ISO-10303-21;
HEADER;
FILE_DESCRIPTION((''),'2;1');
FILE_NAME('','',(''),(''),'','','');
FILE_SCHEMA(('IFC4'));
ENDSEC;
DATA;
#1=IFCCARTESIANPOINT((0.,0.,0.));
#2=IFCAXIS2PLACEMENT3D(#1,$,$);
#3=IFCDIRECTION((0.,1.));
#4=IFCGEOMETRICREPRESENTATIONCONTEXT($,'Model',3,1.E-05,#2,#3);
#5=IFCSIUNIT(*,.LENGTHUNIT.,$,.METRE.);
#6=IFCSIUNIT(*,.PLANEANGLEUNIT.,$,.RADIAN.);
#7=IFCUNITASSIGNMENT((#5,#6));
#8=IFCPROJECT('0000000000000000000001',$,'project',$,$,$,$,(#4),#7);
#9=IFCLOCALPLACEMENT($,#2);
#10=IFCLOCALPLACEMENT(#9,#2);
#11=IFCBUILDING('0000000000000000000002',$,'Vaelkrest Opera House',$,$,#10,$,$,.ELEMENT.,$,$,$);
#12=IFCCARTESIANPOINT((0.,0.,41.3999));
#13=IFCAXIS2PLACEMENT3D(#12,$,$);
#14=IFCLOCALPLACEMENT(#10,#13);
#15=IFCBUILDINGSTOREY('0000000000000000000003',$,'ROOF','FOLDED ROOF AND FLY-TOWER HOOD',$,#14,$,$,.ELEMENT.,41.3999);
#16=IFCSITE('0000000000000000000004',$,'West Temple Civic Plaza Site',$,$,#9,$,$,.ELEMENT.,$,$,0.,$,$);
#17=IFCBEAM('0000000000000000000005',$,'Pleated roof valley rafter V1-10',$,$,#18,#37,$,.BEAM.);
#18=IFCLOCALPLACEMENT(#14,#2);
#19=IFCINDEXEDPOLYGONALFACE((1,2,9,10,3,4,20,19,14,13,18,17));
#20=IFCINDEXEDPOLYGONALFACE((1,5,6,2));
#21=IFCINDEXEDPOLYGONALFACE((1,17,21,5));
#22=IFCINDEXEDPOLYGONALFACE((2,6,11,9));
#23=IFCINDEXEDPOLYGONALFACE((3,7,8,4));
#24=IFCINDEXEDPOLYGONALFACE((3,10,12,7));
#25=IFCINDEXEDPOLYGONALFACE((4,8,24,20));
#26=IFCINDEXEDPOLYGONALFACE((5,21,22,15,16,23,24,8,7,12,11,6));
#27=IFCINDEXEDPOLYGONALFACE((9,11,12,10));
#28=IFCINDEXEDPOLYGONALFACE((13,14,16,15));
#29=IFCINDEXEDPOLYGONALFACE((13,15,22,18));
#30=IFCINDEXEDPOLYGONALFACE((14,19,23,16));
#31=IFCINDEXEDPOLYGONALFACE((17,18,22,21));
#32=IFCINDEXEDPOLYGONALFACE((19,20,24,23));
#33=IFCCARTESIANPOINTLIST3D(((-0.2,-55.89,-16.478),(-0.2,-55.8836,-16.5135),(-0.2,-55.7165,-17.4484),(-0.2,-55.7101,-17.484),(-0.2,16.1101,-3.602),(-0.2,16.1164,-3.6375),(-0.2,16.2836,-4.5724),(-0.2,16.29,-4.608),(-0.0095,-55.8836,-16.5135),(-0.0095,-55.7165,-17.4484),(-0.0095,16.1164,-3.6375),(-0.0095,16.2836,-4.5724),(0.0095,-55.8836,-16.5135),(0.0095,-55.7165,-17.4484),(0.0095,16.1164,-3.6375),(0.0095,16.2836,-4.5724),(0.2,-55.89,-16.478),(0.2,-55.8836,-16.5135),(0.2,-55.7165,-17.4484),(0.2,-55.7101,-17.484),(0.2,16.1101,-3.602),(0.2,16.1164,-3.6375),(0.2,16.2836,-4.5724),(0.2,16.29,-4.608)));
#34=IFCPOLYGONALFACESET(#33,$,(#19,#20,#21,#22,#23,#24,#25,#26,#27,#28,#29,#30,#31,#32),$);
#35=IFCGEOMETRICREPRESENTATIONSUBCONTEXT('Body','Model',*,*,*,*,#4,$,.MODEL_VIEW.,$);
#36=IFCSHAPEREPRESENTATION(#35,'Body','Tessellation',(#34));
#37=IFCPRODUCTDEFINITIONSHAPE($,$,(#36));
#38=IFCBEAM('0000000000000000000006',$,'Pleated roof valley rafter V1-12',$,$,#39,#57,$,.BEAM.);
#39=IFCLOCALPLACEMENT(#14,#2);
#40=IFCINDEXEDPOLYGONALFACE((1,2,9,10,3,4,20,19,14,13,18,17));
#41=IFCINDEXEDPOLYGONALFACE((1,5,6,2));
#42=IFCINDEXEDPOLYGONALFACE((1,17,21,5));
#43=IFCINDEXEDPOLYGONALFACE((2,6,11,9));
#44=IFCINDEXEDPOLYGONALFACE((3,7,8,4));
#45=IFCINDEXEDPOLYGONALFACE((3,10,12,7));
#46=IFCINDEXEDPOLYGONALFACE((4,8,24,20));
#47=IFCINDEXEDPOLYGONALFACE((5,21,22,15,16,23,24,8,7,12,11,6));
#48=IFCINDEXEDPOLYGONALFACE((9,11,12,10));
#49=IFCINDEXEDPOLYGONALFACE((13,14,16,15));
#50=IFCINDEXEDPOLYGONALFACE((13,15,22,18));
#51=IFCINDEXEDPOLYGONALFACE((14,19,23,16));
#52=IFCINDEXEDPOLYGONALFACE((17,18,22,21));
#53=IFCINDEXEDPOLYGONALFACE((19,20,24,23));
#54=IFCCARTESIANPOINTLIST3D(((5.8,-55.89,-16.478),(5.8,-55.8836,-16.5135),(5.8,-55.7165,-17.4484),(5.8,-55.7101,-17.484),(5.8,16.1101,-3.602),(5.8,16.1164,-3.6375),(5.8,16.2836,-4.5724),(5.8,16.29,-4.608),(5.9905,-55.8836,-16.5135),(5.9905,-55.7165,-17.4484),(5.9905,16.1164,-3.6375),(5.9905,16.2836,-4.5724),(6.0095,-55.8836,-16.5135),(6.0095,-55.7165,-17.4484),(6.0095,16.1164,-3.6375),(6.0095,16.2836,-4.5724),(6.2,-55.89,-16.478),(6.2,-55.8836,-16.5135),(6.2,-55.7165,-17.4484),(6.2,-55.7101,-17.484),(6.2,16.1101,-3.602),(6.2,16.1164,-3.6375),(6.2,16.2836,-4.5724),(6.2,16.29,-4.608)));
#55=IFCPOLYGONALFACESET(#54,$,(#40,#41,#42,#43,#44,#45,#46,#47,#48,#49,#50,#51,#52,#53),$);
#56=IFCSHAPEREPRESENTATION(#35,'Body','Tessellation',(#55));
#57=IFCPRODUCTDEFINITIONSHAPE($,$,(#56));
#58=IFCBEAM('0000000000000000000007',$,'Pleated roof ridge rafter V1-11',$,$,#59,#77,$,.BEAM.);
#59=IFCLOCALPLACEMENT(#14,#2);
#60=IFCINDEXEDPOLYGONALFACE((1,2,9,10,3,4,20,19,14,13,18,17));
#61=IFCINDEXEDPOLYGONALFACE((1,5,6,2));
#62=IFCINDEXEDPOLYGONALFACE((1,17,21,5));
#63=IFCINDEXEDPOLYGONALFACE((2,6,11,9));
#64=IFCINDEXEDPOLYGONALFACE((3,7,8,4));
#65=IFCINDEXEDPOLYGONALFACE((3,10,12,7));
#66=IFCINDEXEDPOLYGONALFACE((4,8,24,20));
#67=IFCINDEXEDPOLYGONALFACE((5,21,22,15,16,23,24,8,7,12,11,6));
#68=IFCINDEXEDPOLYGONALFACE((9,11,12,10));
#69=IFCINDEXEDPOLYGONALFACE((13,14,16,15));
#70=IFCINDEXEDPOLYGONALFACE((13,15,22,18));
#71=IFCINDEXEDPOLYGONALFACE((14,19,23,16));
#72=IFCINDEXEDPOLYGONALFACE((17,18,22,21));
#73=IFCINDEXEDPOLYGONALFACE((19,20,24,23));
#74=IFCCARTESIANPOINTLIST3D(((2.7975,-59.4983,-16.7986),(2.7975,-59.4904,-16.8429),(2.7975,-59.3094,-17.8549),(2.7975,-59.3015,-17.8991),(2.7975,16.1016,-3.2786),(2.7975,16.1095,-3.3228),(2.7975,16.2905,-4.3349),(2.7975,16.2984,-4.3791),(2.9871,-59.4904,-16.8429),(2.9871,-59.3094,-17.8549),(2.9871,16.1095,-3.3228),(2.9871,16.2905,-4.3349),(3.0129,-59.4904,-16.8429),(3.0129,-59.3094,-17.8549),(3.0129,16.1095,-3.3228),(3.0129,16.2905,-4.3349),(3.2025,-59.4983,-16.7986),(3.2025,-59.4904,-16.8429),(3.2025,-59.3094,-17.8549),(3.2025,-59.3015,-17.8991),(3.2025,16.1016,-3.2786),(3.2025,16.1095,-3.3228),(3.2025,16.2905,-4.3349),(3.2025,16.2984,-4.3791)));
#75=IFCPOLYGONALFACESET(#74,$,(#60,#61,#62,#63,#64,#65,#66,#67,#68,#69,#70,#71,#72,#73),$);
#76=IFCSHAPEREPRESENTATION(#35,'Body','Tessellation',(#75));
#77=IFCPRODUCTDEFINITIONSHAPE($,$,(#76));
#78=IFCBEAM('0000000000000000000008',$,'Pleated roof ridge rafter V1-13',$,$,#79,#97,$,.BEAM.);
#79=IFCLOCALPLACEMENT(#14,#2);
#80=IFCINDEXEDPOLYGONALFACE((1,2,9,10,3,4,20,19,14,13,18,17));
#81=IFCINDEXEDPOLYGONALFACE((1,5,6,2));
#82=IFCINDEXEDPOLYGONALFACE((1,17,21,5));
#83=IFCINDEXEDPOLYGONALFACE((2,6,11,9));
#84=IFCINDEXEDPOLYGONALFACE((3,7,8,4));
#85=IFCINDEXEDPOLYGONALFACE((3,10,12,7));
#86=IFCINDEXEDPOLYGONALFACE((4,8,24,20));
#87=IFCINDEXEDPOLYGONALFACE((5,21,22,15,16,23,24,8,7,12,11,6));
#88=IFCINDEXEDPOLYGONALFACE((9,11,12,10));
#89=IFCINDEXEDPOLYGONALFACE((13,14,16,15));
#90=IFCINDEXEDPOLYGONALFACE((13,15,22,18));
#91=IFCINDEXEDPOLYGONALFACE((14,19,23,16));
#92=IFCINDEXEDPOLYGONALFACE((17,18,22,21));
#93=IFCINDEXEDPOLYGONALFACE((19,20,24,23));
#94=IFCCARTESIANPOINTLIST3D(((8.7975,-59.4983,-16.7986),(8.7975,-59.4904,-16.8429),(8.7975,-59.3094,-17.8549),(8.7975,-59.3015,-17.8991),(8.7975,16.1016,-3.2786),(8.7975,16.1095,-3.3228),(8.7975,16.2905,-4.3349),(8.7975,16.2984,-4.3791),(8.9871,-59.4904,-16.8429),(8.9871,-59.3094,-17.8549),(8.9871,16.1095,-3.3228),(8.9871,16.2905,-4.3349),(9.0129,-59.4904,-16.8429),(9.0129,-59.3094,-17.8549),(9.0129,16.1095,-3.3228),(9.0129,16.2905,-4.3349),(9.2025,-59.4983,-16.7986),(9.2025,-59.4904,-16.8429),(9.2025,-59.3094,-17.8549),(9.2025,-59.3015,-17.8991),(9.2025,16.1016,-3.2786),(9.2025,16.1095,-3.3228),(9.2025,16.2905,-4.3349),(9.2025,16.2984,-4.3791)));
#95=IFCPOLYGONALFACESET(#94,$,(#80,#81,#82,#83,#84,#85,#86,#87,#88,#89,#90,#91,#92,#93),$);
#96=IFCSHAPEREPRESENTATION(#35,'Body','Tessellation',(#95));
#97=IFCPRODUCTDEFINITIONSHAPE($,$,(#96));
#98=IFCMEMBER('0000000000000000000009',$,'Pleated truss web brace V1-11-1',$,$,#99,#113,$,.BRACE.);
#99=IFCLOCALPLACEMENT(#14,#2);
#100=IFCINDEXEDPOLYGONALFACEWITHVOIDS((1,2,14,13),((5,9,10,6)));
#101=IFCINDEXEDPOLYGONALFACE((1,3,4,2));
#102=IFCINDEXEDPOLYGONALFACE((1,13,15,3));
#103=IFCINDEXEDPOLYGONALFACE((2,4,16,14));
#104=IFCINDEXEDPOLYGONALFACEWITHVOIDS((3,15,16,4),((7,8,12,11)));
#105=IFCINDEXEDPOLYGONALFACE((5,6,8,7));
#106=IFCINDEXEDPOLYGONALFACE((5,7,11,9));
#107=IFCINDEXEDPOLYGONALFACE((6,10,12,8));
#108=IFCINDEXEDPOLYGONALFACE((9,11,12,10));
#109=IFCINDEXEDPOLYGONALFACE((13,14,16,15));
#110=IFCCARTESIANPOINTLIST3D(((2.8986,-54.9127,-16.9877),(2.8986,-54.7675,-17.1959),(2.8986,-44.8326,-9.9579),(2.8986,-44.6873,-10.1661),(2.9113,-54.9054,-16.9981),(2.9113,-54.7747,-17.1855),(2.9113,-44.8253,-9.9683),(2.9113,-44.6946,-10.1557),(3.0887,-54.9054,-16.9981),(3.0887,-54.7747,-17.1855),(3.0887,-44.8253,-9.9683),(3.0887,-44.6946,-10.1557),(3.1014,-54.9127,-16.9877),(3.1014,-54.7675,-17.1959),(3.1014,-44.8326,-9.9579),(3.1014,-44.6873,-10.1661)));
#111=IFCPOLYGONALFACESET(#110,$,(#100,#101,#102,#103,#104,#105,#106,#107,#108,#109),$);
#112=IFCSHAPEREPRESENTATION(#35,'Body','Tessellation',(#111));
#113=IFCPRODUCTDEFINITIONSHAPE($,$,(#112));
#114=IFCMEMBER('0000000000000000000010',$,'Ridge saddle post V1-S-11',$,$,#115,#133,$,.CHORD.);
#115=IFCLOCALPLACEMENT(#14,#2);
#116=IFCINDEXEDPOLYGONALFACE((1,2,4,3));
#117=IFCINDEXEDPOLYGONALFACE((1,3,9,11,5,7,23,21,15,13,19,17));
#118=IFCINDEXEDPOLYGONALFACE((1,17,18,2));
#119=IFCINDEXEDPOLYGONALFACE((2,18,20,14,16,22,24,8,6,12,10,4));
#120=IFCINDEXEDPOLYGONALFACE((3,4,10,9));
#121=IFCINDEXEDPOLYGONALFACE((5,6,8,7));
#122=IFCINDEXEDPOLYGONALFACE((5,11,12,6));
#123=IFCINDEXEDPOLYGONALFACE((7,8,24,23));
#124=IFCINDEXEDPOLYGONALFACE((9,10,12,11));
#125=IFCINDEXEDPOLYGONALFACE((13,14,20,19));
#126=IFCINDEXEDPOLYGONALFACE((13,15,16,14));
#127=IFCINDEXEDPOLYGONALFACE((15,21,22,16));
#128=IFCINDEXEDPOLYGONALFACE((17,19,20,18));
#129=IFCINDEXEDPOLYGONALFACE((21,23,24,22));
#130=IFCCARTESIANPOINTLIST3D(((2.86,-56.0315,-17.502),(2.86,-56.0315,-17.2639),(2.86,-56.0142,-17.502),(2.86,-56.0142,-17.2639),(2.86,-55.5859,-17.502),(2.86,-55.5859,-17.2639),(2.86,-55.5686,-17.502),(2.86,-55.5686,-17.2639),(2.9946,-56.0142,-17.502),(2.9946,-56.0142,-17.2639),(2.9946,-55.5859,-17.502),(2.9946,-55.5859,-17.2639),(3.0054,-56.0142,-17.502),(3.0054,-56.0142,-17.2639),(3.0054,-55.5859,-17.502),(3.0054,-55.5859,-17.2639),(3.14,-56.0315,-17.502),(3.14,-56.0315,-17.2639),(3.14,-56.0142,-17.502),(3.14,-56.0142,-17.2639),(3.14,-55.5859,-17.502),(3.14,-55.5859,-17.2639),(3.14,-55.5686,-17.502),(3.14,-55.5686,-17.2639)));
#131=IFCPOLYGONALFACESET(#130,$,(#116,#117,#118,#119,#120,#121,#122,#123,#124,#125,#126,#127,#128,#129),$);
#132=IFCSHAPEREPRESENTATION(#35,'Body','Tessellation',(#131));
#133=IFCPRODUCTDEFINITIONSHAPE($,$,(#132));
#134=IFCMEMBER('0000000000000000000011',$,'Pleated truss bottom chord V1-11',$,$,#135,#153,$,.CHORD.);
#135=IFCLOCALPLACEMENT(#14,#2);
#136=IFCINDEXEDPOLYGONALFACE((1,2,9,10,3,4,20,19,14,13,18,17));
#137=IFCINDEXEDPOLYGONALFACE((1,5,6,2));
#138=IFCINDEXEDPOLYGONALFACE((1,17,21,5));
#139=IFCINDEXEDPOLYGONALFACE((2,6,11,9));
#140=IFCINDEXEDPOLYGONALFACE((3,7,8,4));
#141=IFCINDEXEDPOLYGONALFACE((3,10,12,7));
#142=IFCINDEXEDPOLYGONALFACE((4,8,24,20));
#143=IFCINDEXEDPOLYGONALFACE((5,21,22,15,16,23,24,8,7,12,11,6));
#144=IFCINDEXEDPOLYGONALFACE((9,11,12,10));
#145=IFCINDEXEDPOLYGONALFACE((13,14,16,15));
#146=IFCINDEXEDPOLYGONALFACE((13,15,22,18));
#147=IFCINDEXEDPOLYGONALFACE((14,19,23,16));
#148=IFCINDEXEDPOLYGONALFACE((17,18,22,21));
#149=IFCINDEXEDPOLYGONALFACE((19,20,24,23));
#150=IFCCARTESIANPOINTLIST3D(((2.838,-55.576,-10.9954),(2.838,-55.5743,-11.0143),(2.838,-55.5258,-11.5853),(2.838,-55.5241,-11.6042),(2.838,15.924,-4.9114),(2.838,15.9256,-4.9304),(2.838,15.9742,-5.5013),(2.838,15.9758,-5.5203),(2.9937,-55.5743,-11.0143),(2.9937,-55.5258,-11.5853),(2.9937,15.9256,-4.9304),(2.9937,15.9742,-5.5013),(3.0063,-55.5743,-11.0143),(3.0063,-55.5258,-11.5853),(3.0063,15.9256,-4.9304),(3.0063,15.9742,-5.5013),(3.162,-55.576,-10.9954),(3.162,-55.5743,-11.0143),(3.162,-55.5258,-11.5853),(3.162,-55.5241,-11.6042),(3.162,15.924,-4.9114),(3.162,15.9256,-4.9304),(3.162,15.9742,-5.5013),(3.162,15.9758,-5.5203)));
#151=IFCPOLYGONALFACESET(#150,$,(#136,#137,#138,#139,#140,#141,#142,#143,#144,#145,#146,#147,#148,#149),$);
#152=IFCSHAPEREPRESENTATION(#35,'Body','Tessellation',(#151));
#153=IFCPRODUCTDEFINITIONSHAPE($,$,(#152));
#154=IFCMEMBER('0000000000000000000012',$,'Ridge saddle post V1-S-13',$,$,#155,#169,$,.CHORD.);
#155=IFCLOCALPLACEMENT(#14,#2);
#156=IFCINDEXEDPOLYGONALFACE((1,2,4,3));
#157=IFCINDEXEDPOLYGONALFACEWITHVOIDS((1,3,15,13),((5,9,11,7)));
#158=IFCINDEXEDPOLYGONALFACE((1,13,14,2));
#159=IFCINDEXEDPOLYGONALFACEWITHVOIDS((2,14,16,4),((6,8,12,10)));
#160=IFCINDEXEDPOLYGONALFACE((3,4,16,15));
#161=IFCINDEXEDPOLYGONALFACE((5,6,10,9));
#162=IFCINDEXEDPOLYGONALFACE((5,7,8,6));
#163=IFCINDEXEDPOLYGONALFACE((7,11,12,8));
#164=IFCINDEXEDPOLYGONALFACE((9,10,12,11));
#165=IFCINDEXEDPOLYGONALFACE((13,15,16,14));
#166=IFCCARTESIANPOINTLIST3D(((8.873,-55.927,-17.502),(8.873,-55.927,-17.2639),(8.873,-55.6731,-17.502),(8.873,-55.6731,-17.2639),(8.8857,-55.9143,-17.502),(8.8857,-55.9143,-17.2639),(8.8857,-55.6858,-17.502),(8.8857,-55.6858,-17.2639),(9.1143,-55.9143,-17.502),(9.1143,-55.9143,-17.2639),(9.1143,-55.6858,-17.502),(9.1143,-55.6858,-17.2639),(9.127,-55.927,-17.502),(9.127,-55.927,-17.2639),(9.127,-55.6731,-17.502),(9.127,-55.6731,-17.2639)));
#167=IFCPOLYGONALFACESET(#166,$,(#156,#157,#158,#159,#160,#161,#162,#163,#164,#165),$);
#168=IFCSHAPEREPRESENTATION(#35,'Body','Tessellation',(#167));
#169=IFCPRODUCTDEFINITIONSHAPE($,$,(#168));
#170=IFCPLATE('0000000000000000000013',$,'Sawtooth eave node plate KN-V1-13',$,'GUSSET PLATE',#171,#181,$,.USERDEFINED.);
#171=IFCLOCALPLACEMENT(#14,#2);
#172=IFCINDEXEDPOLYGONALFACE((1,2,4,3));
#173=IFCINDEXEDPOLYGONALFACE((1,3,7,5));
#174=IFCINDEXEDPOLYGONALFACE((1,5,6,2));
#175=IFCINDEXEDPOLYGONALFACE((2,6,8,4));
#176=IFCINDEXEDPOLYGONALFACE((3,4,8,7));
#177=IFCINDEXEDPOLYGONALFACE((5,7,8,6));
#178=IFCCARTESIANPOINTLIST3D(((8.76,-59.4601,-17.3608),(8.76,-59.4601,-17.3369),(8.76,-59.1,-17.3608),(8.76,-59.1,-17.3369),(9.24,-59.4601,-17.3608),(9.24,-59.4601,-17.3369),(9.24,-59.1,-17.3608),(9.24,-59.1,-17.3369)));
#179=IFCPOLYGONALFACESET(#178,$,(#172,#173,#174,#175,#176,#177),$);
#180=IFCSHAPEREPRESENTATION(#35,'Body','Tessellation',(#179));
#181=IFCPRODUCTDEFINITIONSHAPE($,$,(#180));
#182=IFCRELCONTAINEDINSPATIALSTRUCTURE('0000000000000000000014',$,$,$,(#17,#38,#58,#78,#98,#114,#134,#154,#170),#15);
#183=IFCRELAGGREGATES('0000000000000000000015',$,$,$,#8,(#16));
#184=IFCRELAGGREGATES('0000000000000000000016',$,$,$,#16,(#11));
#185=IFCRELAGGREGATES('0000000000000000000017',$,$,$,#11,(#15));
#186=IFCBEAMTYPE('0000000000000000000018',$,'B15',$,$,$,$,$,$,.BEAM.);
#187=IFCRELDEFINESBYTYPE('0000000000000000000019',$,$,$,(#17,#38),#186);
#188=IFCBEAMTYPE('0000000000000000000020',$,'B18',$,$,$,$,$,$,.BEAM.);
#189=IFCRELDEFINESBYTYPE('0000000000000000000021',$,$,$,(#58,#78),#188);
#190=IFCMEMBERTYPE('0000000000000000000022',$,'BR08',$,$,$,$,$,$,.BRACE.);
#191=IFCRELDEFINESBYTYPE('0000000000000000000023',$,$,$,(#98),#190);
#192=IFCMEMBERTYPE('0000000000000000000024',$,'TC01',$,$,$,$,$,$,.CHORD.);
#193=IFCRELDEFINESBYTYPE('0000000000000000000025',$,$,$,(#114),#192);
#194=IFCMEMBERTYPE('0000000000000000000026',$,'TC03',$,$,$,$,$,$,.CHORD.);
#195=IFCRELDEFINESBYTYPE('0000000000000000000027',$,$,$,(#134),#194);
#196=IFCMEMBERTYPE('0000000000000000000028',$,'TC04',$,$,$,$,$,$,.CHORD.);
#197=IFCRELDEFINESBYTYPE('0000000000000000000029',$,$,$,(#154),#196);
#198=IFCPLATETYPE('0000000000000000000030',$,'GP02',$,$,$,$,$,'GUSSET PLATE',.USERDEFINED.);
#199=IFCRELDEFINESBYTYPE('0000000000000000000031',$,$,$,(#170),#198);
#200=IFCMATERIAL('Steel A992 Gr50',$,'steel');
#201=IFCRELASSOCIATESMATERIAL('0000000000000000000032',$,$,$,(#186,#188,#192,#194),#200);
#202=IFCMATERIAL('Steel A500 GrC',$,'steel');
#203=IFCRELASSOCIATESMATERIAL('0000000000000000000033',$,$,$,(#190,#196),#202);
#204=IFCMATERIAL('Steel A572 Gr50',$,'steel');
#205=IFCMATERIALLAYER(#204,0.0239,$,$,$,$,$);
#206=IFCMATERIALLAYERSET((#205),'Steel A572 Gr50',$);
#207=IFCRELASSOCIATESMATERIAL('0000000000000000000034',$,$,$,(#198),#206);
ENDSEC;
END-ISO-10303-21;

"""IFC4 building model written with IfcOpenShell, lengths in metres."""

from ifc_helpers import new_model, si_unit, direction, frame, origin, origin_2d, place, context, subcontext, project, spatial, rectangle, hollow_rectangle, i_section, extrude, material, layer, layer_set, material_profile, profile_set, type_object, element, save


model = new_model("IFC4")

# Units and contexts
model_context = context("Model", 3, precision=1e-05, world=origin(), true_north=direction((0.0, 1.0)))
body_context = subcontext(model_context, "Body", "Model", "MODEL_VIEW")
ifc_project = project(units=[si_unit("LENGTHUNIT", "METRE"), si_unit("PLANEANGLEUNIT", "RADIAN")], contexts=[model_context])

# Site, building, storey
site_placement = place(None, origin())
site = spatial("IfcSite", under=ifc_project, at=site_placement, Name="West Temple Civic Plaza Site", CompositionType="ELEMENT", RefElevation=0.0)
building_placement = place(site_placement, origin())
building = spatial("IfcBuilding", under=site, at=building_placement, Name="Vaelkrest Opera House", CompositionType="ELEMENT")
storey_placement = place(building_placement, frame((0.0, 0.0, 41.3999)))
storey = spatial("IfcBuildingStorey", under=building, at=storey_placement, Name="ROOF", Description="FOLDED ROOF AND FLY-TOWER HOOD", CompositionType="ELEMENT", Elevation=41.3999)

# Beams
ifc_material_1 = material(Name="Steel A992 Gr50", Category="steel")
ifc_material_profile_1 = material_profile(ifc_material_1, i_section(OverallWidth=0.3999, OverallDepth=1.022, WebThickness=0.019, FlangeThickness=0.0361, at=origin_2d()), Name="W40X249")
ifc_profile_set_1 = profile_set([ifc_material_profile_1], Name="Steel A992 Gr50")
beam_type_1 = type_object("IfcBeamType", Name="B15", PredefinedType="BEAM", material=ifc_profile_set_1)
for number, where, z_axis, x_axis, name in (
    (1, (0.0, -55.8, -16.981), (0.0, 0.984383, 0.17604), (-1.0, 0.0, 0.0), "Pleated roof valley rafter V1-10"),
    (2, (6.0, -55.8, -16.981), (0.0, 0.984383, 0.17604), (-1.0, 0.0, 0.0), "Pleated roof valley rafter V1-12"),
):
    element("IfcBeam", number, at=place(storey_placement, frame(where, z_axis=z_axis, x_axis=x_axis)), inside=storey, type_object=beam_type_1, Name=name, PredefinedType="BEAM", context=body_context, shape_type="SweptSolid", body=[
        extrude(i_section(OverallWidth=0.3999, OverallDepth=1.022, WebThickness=0.019, FlangeThickness=0.0361, at=origin_2d()), origin(), (0.0, 0.0, 1.0), 73.1423),
    ])
ifc_material_profile_2 = material_profile(ifc_material_1, i_section(OverallWidth=0.405, OverallDepth=1.1179, WebThickness=0.0259, FlangeThickness=0.0449, at=origin_2d()), Name="W44X335")
ifc_profile_set_2 = profile_set([ifc_material_profile_2], Name="Steel A992 Gr50")
beam_type_2 = type_object("IfcBeamType", Name="B18", PredefinedType="BEAM", material=ifc_profile_set_2)
for number, where, z_axis, x_axis, name in (
    (3, (3.0, -59.3999, -17.3489), (0.0, 0.984382, 0.176044), (-1.0, 0.0, 0.0), "Pleated roof ridge rafter V1-11"),
    (4, (9.0, -59.3999, -17.3489), (0.0, 0.984382, 0.176044), (-1.0, 0.0, 0.0), "Pleated roof ridge rafter V1-13"),
):
    element("IfcBeam", number, at=place(storey_placement, frame(where, z_axis=z_axis, x_axis=x_axis)), inside=storey, type_object=beam_type_2, Name=name, PredefinedType="BEAM", context=body_context, shape_type="SweptSolid", body=[
        extrude(i_section(OverallWidth=0.405, OverallDepth=1.1179, WebThickness=0.0259, FlangeThickness=0.0449, at=origin_2d()), origin(), (0.0, 0.0, 1.0), 76.7993),
    ])

# Members
ifc_material_2 = material(Name="Steel A500 GrC", Category="steel")
ifc_material_profile_3 = material_profile(ifc_material_2, hollow_rectangle(XDim=0.2029, YDim=0.2539, WallThickness=0.0127, at=origin_2d()), Name="HSS254X203X12.7")
ifc_profile_set_3 = profile_set([ifc_material_profile_3], Name="Steel A500 GrC")
member_type_1 = type_object("IfcMemberType", Name="BR08", PredefinedType="BRACE", material=ifc_profile_set_3)
member_1_placement = place(storey_placement, frame((3.0, -54.8401, -17.0918), z_axis=(0.0, 0.820235, 0.572027), x_axis=(-1.0, 0.0, 0.0)))
element("IfcMember", 5, at=member_1_placement, inside=storey, type_object=member_type_1, Name="Pleated truss web brace V1-11-1", PredefinedType="BRACE", context=body_context, shape_type="SweptSolid", body=[
    extrude(hollow_rectangle(XDim=0.2029, YDim=0.2539, WallThickness=0.0127, at=origin_2d()), origin(), (0.0, 0.0, 1.0), 12.2893),
])
ifc_material_profile_4 = material_profile(ifc_material_1, i_section(OverallWidth=0.28, OverallDepth=0.4629, WebThickness=0.0107, FlangeThickness=0.0173, at=origin_2d()), Name="W18X76")
ifc_profile_set_4 = profile_set([ifc_material_profile_4], Name="Steel A992 Gr50")
member_type_2 = type_object("IfcMemberType", Name="TC01", PredefinedType="CHORD", material=ifc_profile_set_4)
member_2_placement = place(storey_placement, frame((3.0, -55.8, -17.502), z_axis=(0.0, 0.0, 1.0), x_axis=(1.0, 0.0, 0.0)))
element("IfcMember", 6, at=member_2_placement, inside=storey, type_object=member_type_2, Name="Ridge saddle post V1-S-11", PredefinedType="CHORD", context=body_context, shape_type="SweptSolid", body=[
    extrude(i_section(OverallWidth=0.28, OverallDepth=0.4629, WebThickness=0.0107, FlangeThickness=0.0173, at=origin_2d()), origin(), (0.0, 0.0, 1.0), 0.238),
])
ifc_material_profile_5 = material_profile(ifc_material_1, i_section(OverallWidth=0.324, OverallDepth=0.6111, WebThickness=0.0127, FlangeThickness=0.019, at=origin_2d()), Name="W24X104")
ifc_profile_set_5 = profile_set([ifc_material_profile_5], Name="Steel A992 Gr50")
member_type_3 = type_object("IfcMemberType", Name="TC03", PredefinedType="CHORD", material=ifc_profile_set_5)
member_3_placement = place(storey_placement, frame((3.0, -55.55, -11.2998), z_axis=(0.0, 0.996399, 0.084784), x_axis=(-1.0, 0.0, 0.0)))
element("IfcMember", 7, at=member_3_placement, inside=storey, type_object=member_type_3, Name="Pleated truss bottom chord V1-11", PredefinedType="CHORD", context=body_context, shape_type="SweptSolid", body=[
    extrude(i_section(OverallWidth=0.324, OverallDepth=0.6111, WebThickness=0.0127, FlangeThickness=0.019, at=origin_2d()), origin(), (0.0, 0.0, 1.0), 71.7583),
])
ifc_material_profile_6 = material_profile(ifc_material_2, hollow_rectangle(XDim=0.2539, YDim=0.2539, WallThickness=0.0127, at=origin_2d()), Name="HSS254X254X12.7")
ifc_profile_set_6 = profile_set([ifc_material_profile_6], Name="Steel A500 GrC")
member_type_4 = type_object("IfcMemberType", Name="TC04", PredefinedType="CHORD", material=ifc_profile_set_6)
member_4_placement = place(storey_placement, frame((9.0, -55.8, -17.502), z_axis=(0.0, 0.0, 1.0), x_axis=(1.0, 0.0, 0.0)))
element("IfcMember", 8, at=member_4_placement, inside=storey, type_object=member_type_4, Name="Ridge saddle post V1-S-13", PredefinedType="CHORD", context=body_context, shape_type="SweptSolid", body=[
    extrude(hollow_rectangle(XDim=0.2539, YDim=0.2539, WallThickness=0.0127, at=origin_2d()), origin(), (0.0, 0.0, 1.0), 0.238),
])

# Plate
ifc_material_3 = material(Name="Steel A572 Gr50", Category="steel")
ifc_layer_1 = layer(ifc_material_3, 0.0239)
ifc_layer_set_1 = layer_set([ifc_layer_1], Name="Steel A572 Gr50")
plate_type_1 = type_object("IfcPlateType", Name="GP02", ElementType="GUSSET PLATE", PredefinedType="USERDEFINED", material=ifc_layer_set_1)
plate_1_placement = place(storey_placement, frame((9.0, -59.28, -17.3608), z_axis=(0.0, 0.0, 1.0), x_axis=(1.0, 0.0, 0.0)))
element("IfcPlate", 9, at=plate_1_placement, inside=storey, type_object=plate_type_1, Name="Sawtooth eave node plate KN-V1-13", ObjectType="GUSSET PLATE", PredefinedType="USERDEFINED", context=body_context, shape_type="SweptSolid", body=[
    extrude(rectangle(XDim=0.48, YDim=0.3601, at=origin_2d()), origin(), (0.0, 0.0, 1.0), 0.0239),
])

save(model, "model.ifc")
